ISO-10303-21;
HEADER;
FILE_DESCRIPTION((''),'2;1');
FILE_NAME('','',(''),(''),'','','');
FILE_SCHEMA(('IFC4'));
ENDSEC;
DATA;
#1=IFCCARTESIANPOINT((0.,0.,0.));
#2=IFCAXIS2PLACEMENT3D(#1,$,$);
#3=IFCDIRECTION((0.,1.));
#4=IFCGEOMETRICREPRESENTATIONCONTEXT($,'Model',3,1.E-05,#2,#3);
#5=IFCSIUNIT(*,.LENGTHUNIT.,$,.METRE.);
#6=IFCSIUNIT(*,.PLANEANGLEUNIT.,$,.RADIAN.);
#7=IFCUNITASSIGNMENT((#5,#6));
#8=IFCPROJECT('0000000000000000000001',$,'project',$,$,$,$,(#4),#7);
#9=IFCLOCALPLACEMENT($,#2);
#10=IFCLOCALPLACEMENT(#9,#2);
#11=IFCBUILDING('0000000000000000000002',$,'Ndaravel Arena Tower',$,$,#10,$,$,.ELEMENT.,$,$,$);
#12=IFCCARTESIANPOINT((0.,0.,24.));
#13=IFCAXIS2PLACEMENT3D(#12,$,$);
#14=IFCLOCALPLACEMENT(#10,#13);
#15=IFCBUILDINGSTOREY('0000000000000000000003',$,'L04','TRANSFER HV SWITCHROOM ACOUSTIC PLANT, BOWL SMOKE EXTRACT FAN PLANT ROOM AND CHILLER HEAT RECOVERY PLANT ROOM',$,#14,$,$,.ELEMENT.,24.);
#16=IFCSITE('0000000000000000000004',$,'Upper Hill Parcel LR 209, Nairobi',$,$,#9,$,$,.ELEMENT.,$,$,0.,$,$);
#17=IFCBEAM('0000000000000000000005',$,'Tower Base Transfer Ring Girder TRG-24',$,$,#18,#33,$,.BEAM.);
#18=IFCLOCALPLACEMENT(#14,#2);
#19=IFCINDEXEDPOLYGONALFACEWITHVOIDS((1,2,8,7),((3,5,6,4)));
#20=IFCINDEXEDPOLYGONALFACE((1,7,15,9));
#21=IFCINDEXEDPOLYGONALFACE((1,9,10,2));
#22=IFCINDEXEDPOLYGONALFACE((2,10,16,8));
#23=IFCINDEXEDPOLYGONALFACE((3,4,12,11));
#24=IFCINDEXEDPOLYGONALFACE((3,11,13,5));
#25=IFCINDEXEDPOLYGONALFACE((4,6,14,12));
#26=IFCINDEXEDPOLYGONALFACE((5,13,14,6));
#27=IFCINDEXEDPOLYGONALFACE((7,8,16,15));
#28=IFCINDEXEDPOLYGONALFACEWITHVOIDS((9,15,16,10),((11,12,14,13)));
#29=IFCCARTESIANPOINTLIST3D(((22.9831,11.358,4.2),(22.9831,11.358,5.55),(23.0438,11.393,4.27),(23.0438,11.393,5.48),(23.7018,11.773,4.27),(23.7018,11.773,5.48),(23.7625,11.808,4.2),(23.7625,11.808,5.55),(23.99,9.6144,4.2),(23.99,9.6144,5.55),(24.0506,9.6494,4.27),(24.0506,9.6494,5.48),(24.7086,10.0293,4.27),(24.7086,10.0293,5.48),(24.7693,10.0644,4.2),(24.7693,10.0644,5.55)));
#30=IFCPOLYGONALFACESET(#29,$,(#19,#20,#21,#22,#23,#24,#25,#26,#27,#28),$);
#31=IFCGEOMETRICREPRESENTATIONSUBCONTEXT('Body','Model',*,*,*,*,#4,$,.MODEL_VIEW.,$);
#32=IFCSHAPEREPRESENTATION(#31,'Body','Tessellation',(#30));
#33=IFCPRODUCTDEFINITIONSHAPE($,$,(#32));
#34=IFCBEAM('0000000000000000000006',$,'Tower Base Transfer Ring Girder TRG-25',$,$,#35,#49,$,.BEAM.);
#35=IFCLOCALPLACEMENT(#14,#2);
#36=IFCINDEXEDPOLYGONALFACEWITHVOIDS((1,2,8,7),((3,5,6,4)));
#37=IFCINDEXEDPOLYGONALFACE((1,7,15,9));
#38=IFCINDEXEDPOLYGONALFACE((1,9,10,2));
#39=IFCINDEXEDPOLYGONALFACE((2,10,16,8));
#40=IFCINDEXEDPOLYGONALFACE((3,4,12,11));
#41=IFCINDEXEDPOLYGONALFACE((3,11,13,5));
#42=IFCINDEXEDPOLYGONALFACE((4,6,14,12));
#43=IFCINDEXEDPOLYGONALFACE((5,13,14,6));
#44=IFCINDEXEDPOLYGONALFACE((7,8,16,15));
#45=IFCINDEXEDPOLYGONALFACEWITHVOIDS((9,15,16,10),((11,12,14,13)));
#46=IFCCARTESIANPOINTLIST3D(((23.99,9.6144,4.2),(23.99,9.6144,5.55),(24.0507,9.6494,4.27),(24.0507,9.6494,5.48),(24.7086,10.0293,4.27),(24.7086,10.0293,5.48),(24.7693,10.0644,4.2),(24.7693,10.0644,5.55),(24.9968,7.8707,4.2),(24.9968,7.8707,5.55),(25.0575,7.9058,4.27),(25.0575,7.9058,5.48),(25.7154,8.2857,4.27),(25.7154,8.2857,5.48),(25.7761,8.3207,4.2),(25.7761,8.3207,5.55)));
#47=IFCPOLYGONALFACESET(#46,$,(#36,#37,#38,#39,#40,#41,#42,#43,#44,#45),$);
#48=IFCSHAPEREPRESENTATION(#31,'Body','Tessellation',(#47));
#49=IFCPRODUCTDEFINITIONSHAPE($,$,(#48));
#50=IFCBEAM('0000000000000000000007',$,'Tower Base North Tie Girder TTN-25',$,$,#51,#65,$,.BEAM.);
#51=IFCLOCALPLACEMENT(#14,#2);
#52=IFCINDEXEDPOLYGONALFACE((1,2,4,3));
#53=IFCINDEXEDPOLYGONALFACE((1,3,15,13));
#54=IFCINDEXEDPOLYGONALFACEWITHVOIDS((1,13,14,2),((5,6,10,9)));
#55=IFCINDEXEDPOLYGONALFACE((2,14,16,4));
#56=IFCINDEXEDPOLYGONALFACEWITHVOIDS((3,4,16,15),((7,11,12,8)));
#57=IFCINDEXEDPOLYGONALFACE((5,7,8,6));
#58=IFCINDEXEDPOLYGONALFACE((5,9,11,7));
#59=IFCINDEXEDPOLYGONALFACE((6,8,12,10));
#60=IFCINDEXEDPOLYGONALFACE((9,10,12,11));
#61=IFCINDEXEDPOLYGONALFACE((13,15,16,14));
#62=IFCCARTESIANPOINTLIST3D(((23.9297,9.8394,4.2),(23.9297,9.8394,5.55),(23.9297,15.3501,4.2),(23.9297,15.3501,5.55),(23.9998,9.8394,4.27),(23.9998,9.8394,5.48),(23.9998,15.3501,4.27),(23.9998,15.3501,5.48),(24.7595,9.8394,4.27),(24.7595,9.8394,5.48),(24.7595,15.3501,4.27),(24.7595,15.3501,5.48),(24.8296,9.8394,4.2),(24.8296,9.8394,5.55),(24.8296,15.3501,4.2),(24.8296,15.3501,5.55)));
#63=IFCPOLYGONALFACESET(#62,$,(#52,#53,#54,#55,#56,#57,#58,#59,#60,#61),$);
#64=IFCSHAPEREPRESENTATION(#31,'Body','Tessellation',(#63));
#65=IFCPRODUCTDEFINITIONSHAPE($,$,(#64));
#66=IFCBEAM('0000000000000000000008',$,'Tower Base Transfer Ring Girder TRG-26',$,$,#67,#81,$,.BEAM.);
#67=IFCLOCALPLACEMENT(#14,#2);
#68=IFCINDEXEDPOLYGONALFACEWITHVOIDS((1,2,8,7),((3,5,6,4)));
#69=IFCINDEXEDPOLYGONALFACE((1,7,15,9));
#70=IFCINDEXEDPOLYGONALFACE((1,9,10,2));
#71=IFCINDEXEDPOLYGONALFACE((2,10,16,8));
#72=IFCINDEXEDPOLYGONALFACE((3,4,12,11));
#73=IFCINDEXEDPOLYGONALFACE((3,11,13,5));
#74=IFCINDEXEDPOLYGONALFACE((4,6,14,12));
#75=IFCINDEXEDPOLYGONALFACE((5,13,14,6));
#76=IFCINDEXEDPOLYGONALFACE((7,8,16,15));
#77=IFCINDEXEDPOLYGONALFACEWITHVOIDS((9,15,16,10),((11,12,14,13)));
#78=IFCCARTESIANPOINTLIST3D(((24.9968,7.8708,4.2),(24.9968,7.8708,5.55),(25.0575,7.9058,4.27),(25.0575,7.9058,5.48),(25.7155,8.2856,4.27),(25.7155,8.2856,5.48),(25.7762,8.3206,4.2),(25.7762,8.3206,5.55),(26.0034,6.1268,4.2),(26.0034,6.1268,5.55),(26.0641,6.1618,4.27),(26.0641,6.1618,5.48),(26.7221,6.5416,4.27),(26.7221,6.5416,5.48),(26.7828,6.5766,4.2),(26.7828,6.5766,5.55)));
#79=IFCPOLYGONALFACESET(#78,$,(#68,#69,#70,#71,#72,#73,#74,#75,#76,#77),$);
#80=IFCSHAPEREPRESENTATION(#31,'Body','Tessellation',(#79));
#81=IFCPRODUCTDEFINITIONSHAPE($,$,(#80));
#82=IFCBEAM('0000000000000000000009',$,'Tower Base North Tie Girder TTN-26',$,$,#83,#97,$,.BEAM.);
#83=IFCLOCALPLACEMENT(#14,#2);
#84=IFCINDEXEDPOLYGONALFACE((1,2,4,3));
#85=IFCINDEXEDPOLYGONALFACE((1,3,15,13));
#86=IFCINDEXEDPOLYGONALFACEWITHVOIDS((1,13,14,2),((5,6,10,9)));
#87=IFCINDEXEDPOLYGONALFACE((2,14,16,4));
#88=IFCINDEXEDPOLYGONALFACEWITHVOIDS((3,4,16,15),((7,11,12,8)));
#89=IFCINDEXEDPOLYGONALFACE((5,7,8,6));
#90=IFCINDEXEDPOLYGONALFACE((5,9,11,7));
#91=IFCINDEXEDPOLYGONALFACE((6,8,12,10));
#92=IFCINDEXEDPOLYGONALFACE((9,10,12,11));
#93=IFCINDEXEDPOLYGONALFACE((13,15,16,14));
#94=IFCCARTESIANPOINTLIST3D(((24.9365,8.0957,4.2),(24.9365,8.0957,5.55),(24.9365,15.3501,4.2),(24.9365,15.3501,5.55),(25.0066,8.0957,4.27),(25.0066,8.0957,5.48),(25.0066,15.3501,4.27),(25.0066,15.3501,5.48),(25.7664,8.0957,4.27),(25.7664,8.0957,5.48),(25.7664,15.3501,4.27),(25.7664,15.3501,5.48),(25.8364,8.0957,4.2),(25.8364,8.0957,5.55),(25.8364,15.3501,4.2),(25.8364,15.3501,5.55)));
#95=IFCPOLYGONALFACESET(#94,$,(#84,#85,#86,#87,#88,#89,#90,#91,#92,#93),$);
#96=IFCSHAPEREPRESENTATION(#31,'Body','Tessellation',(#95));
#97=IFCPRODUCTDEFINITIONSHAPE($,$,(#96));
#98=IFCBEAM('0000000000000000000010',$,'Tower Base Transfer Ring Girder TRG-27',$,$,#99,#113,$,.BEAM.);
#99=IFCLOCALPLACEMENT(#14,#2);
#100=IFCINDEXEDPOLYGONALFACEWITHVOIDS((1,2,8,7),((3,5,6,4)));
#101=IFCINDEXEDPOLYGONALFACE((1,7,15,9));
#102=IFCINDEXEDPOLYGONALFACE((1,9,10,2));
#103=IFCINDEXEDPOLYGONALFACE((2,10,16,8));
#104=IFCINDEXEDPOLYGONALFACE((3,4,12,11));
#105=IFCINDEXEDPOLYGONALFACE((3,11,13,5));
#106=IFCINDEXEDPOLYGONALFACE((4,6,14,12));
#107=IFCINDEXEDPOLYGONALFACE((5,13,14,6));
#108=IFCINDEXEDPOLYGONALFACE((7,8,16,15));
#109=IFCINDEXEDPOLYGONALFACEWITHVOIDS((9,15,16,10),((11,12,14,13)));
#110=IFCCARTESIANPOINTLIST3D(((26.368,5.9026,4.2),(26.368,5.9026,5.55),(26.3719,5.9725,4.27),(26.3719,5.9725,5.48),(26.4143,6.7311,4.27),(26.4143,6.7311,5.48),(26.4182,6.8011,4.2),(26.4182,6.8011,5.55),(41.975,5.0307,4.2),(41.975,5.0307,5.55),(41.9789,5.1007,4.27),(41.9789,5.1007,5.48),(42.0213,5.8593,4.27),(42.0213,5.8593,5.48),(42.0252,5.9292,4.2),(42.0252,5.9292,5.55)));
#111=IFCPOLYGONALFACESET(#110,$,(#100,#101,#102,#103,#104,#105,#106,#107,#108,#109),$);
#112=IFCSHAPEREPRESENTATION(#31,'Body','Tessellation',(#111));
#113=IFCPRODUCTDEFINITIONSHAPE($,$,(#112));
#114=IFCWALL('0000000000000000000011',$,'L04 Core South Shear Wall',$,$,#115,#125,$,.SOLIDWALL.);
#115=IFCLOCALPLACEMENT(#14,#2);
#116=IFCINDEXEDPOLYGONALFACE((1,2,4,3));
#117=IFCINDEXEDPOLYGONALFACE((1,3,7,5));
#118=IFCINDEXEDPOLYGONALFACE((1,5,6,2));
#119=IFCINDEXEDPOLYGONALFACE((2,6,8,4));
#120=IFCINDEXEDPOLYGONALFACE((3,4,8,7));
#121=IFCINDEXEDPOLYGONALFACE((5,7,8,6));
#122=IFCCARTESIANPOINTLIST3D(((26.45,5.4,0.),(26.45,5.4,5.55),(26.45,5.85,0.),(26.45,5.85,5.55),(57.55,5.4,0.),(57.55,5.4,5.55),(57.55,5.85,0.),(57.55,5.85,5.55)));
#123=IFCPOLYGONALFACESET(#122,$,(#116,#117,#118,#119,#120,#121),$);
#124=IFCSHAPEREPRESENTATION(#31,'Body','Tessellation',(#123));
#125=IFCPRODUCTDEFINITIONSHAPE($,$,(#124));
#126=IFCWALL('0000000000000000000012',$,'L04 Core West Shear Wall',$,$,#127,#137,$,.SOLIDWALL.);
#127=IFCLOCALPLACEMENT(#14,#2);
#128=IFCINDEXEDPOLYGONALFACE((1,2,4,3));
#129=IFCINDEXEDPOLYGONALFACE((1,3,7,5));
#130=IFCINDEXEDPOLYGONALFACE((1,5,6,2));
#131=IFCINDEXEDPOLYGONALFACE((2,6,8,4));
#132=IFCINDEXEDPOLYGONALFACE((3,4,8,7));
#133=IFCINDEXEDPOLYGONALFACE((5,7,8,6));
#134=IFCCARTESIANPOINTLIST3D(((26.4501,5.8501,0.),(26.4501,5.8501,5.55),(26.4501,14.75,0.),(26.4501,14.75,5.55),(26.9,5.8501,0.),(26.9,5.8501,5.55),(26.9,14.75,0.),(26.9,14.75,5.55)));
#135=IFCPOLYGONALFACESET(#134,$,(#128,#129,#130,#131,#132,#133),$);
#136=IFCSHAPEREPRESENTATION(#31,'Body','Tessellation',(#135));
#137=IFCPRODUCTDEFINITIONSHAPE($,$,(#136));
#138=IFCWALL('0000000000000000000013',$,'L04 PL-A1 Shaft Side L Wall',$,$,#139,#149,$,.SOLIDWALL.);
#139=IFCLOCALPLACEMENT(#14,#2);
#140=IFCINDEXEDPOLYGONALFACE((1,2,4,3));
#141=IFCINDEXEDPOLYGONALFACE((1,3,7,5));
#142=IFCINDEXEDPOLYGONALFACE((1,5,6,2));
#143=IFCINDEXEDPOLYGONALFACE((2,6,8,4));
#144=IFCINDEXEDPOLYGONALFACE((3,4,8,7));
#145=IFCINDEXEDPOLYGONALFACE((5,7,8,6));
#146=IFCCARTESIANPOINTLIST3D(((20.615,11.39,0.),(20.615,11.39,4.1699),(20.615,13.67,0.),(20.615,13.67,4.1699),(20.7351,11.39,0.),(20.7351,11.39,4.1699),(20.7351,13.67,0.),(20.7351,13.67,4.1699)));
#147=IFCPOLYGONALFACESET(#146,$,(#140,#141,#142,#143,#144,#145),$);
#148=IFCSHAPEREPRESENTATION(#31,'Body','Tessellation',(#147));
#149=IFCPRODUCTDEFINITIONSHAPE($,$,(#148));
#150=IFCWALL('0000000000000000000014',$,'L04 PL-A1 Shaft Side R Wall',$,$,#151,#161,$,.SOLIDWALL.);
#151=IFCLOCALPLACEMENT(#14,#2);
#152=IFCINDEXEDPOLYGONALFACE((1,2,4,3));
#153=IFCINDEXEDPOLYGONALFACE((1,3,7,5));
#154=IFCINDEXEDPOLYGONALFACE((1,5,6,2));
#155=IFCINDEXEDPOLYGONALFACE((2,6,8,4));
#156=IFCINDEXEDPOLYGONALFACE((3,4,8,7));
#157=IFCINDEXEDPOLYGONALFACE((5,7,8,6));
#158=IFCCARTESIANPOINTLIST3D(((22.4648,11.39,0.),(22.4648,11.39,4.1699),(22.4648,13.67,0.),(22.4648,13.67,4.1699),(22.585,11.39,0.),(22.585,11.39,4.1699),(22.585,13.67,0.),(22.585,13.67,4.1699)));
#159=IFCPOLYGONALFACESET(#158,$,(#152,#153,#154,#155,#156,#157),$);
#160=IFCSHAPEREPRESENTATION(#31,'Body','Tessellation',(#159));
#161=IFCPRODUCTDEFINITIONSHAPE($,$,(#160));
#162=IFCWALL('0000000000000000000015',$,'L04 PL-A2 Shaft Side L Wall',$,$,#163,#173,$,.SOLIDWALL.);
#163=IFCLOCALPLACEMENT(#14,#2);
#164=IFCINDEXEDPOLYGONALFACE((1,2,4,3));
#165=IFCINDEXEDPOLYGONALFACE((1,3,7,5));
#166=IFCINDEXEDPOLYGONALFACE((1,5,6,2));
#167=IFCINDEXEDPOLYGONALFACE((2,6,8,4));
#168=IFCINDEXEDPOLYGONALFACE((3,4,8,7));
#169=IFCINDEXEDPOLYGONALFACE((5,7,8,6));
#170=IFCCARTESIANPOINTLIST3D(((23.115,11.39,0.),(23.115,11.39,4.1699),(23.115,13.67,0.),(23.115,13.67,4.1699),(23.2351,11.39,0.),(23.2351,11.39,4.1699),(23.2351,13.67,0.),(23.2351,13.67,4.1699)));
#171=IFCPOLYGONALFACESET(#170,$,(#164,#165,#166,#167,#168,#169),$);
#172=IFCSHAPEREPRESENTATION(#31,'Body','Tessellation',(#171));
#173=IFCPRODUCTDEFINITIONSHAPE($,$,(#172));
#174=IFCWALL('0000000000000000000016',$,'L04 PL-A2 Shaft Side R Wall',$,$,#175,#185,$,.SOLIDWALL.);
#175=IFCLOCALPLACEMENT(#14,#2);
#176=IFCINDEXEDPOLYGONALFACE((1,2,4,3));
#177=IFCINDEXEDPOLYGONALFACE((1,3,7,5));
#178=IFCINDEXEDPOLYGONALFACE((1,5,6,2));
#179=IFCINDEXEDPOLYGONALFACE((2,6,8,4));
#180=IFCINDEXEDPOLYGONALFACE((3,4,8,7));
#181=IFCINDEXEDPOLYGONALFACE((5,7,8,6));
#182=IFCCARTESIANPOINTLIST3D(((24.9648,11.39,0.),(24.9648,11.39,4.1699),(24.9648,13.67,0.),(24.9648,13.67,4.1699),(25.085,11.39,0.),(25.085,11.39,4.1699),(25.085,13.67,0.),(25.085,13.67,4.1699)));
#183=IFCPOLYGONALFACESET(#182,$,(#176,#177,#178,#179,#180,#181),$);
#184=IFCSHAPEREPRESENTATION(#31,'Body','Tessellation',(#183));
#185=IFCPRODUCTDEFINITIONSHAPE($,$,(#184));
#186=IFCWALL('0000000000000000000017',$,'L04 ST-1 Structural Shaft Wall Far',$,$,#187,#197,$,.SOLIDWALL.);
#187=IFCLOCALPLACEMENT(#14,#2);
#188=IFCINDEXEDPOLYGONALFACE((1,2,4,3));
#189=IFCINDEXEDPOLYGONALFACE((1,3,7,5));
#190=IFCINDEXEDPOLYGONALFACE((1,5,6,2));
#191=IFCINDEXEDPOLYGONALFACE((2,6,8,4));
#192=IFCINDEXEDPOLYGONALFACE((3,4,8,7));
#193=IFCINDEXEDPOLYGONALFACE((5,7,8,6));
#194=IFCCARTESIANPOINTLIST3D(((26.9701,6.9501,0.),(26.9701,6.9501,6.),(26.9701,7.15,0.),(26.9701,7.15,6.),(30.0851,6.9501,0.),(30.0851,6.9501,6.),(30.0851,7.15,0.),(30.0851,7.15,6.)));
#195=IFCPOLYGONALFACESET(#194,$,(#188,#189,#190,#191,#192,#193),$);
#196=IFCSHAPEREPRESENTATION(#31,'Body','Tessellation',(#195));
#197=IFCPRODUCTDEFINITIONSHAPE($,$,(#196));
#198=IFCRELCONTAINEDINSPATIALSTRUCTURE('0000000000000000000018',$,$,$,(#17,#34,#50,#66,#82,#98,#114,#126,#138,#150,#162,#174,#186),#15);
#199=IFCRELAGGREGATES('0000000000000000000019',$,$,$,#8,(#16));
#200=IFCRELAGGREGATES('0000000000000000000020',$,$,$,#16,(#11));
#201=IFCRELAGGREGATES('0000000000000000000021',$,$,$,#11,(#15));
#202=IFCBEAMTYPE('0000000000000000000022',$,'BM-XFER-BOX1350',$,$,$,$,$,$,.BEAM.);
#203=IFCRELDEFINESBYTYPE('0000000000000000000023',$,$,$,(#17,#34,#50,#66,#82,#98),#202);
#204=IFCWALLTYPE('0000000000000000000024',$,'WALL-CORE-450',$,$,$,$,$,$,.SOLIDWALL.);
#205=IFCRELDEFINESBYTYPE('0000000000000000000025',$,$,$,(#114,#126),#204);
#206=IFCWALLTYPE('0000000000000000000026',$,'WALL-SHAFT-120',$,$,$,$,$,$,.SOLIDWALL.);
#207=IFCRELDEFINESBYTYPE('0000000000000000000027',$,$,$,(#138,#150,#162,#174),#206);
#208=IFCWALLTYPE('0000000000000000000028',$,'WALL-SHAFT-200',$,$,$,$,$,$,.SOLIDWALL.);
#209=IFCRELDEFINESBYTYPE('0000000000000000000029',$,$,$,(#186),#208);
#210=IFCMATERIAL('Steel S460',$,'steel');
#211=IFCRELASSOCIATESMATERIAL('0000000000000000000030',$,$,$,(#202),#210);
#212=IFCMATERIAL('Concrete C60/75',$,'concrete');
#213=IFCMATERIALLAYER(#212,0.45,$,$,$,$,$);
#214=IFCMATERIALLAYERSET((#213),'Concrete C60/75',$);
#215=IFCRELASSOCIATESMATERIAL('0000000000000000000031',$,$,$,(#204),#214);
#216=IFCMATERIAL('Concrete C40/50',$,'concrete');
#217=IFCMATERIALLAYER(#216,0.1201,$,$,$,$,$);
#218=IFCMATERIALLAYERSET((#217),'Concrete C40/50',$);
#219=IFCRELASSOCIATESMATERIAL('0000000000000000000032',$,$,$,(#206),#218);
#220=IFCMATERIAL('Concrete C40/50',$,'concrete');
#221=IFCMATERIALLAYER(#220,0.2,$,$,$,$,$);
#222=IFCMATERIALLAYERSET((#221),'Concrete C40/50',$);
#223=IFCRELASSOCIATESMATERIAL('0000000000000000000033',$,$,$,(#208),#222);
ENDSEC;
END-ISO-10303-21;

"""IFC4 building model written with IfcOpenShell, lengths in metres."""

from ifc_helpers import new_model, si_unit, direction, frame, frame_2d, origin, origin_2d, place, context, subcontext, project, spatial, rectangle, hollow_rectangle, extrude, material, layer, layer_set, material_profile, profile_set, type_object, element, save


model = new_model("IFC4")

# Units and contexts
model_context = context("Model", 3, precision=1e-05, world=origin(), true_north=direction((0.0, 1.0)))
body_context = subcontext(model_context, "Body", "Model", "MODEL_VIEW")
ifc_project = project(units=[si_unit("LENGTHUNIT", "METRE"), si_unit("PLANEANGLEUNIT", "RADIAN")], contexts=[model_context])

# Site, building, storey
site_placement = place(None, origin())
site = spatial("IfcSite", under=ifc_project, at=site_placement, Name="Upper Hill Parcel LR 209, Nairobi", CompositionType="ELEMENT", RefElevation=0.0)
building_placement = place(site_placement, origin())
building = spatial("IfcBuilding", under=site, at=building_placement, Name="Ndaravel Arena Tower", CompositionType="ELEMENT")
storey_placement = place(building_placement, frame((0.0, 0.0, 24.0)))
storey = spatial("IfcBuildingStorey", under=building, at=storey_placement, Name="L04", Description="TRANSFER HV SWITCHROOM ACOUSTIC PLANT, BOWL SMOKE EXTRACT FAN PLANT ROOM AND CHILLER HEAT RECOVERY PLANT ROOM", CompositionType="ELEMENT", Elevation=24.0)

# Beams
ifc_material_1 = material(Name="Steel S460", Category="steel")
ifc_material_profile = material_profile(ifc_material_1, hollow_rectangle(XDim=0.8999, YDim=1.3501, WallThickness=0.0701, at=origin_2d()), Name="BOX 1350x900x70")
ifc_profile_set = profile_set([ifc_material_profile], Name="Steel S460")
beam_type = type_object("IfcBeamType", Name="BM-XFER-BOX1350", PredefinedType="BEAM", material=ifc_profile_set)
for number, where, z_axis, x_axis, name in (
    (1, (23.3728, 11.583, 4.875), (0.500051, -0.865996, 0.0), (0.865996, 0.500051, 0.0), "Tower Base Transfer Ring Girder TRG-24"),
    (2, (24.3796, 9.8394, 4.875), (0.500051, -0.865996, 0.0), (0.865996, 0.500051, 0.0), "Tower Base Transfer Ring Girder TRG-25"),
):
    element("IfcBeam", number, at=place(storey_placement, frame(where, z_axis=z_axis, x_axis=x_axis)), inside=storey, type_object=beam_type, Name=name, PredefinedType="BEAM", context=body_context, shape_type="SweptSolid", body=[
        extrude(hollow_rectangle(XDim=0.8999, YDim=1.3501, WallThickness=0.0701, at=origin_2d()), origin(), (0.0, 0.0, 1.0), 2.0134),
    ])
beam_1_placement = place(storey_placement, frame((24.3796, 9.8394, 4.875), z_axis=(0.0, 1.0, 0.0), x_axis=(-1.0, 0.0, 0.0)))
element("IfcBeam", 3, at=beam_1_placement, inside=storey, type_object=beam_type, Name="Tower Base North Tie Girder TTN-25", PredefinedType="BEAM", context=body_context, shape_type="SweptSolid", body=[
    extrude(hollow_rectangle(XDim=0.8999, YDim=1.3501, WallThickness=0.0701, at=origin_2d()), origin(), (0.0, 0.0, 1.0), 5.5107),
])
beam_2_placement = place(storey_placement, frame((25.3865, 8.0957, 4.875), z_axis=(0.499908, -0.866079, 0.0), x_axis=(0.866079, 0.499908, 0.0)))
element("IfcBeam", 4, at=beam_2_placement, inside=storey, type_object=beam_type, Name="Tower Base Transfer Ring Girder TRG-26", PredefinedType="BEAM", context=body_context, shape_type="SweptSolid", body=[
    extrude(hollow_rectangle(XDim=0.8999, YDim=1.3501, WallThickness=0.0701, at=origin_2d()), origin(), (0.0, 0.0, 1.0), 2.0137),
])
beam_3_placement = place(storey_placement, frame((25.3865, 8.0957, 4.875), z_axis=(0.0, 1.0, 0.0), x_axis=(-1.0, 0.0, 0.0)))
element("IfcBeam", 5, at=beam_3_placement, inside=storey, type_object=beam_type, Name="Tower Base North Tie Girder TTN-26", PredefinedType="BEAM", context=body_context, shape_type="SweptSolid", body=[
    extrude(hollow_rectangle(XDim=0.8999, YDim=1.3501, WallThickness=0.0701, at=origin_2d()), origin(), (0.0, 0.0, 1.0), 7.2544),
])
beam_4_placement = place(storey_placement, frame((26.3931, 6.3518, 4.875), z_axis=(0.998443, -0.055775, 0.0), x_axis=(0.055775, 0.998443, 0.0)))
element("IfcBeam", 6, at=beam_4_placement, inside=storey, type_object=beam_type, Name="Tower Base Transfer Ring Girder TRG-27", PredefinedType="BEAM", context=body_context, shape_type="SweptSolid", body=[
    extrude(hollow_rectangle(XDim=0.8999, YDim=1.3501, WallThickness=0.0701, at=origin_2d()), origin(), (0.0, 0.0, 1.0), 15.6313),
])

# Walls
ifc_material_2 = material(Name="Concrete C60/75", Category="concrete")
ifc_layer_1 = layer(ifc_material_2, 0.45)
ifc_layer_set_1 = layer_set([ifc_layer_1], Name="Concrete C60/75")
wall_type_1 = type_object("IfcWallType", Name="WALL-CORE-450", PredefinedType="SOLIDWALL", material=ifc_layer_set_1)
wall_1_placement = place(storey_placement, frame((26.45, 5.625, 0.0), z_axis=(0.0, 0.0, 1.0), x_axis=(1.0, 0.0, 0.0)))
element("IfcWall", 7, at=wall_1_placement, inside=storey, type_object=wall_type_1, Name="L04 Core South Shear Wall", PredefinedType="SOLIDWALL", context=body_context, shape_type="SweptSolid", body=[
    extrude(rectangle(XDim=31.1001, YDim=0.45, at=frame_2d((15.55, 0.0))), origin(), (0.0, 0.0, 1.0), 5.55),
])
wall_2_placement = place(storey_placement, frame((26.675, 5.8501, 0.0), z_axis=(0.0, 0.0, 1.0), x_axis=(0.0, 1.0, 0.0)))
element("IfcWall", 8, at=wall_2_placement, inside=storey, type_object=wall_type_1, Name="L04 Core West Shear Wall", PredefinedType="SOLIDWALL", context=body_context, shape_type="SweptSolid", body=[
    extrude(rectangle(XDim=8.8999, YDim=0.45, at=frame_2d((4.45, 0.0))), origin(), (0.0, 0.0, 1.0), 5.55),
])
ifc_material_3 = material(Name="Concrete C40/50", Category="concrete")
ifc_layer_2 = layer(ifc_material_3, 0.1201)
ifc_layer_set_2 = layer_set([ifc_layer_2], Name="Concrete C40/50")
wall_type_2 = type_object("IfcWallType", Name="WALL-SHAFT-120", PredefinedType="SOLIDWALL", material=ifc_layer_set_2)
for number, where, z_axis, x_axis, name in (
    (9, (20.675, 11.3899, 0.0), (0.0, 0.0, 1.0), (0.0, 1.0, 0.0), "L04 PL-A1 Shaft Side L Wall"),
    (10, (22.5249, 11.3899, 0.0), (0.0, 0.0, 1.0), (0.0, 1.0, 0.0), "L04 PL-A1 Shaft Side R Wall"),
    (11, (23.175, 11.3899, 0.0), (0.0, 0.0, 1.0), (0.0, 1.0, 0.0), "L04 PL-A2 Shaft Side L Wall"),
    (12, (25.0249, 11.3899, 0.0), (0.0, 0.0, 1.0), (0.0, 1.0, 0.0), "L04 PL-A2 Shaft Side R Wall"),
):
    element("IfcWall", number, at=place(storey_placement, frame(where, z_axis=z_axis, x_axis=x_axis)), inside=storey, type_object=wall_type_2, Name=name, PredefinedType="SOLIDWALL", context=body_context, shape_type="SweptSolid", body=[
        extrude(rectangle(XDim=2.28, YDim=0.1201, at=frame_2d((1.1401, 0.0))), origin(), (0.0, 0.0, 1.0), 4.1699),
    ])
ifc_material_4 = material(Name="Concrete C40/50", Category="concrete")
ifc_layer_3 = layer(ifc_material_4, 0.2)
ifc_layer_set_3 = layer_set([ifc_layer_3], Name="Concrete C40/50")
wall_type_3 = type_object("IfcWallType", Name="WALL-SHAFT-200", PredefinedType="SOLIDWALL", material=ifc_layer_set_3)
wall_3_placement = place(storey_placement, frame((26.97, 7.05, 0.0), z_axis=(0.0, 0.0, 1.0), x_axis=(1.0, 0.0, 0.0)))
element("IfcWall", 13, at=wall_3_placement, inside=storey, type_object=wall_type_3, Name="L04 ST-1 Structural Shaft Wall Far", PredefinedType="SOLIDWALL", context=body_context, shape_type="SweptSolid", body=[
    extrude(rectangle(XDim=3.115, YDim=0.2, at=frame_2d((1.5576, 0.0))), origin(), (0.0, 0.0, 1.0), 6.0),
])

save(model, "model.ifc")
